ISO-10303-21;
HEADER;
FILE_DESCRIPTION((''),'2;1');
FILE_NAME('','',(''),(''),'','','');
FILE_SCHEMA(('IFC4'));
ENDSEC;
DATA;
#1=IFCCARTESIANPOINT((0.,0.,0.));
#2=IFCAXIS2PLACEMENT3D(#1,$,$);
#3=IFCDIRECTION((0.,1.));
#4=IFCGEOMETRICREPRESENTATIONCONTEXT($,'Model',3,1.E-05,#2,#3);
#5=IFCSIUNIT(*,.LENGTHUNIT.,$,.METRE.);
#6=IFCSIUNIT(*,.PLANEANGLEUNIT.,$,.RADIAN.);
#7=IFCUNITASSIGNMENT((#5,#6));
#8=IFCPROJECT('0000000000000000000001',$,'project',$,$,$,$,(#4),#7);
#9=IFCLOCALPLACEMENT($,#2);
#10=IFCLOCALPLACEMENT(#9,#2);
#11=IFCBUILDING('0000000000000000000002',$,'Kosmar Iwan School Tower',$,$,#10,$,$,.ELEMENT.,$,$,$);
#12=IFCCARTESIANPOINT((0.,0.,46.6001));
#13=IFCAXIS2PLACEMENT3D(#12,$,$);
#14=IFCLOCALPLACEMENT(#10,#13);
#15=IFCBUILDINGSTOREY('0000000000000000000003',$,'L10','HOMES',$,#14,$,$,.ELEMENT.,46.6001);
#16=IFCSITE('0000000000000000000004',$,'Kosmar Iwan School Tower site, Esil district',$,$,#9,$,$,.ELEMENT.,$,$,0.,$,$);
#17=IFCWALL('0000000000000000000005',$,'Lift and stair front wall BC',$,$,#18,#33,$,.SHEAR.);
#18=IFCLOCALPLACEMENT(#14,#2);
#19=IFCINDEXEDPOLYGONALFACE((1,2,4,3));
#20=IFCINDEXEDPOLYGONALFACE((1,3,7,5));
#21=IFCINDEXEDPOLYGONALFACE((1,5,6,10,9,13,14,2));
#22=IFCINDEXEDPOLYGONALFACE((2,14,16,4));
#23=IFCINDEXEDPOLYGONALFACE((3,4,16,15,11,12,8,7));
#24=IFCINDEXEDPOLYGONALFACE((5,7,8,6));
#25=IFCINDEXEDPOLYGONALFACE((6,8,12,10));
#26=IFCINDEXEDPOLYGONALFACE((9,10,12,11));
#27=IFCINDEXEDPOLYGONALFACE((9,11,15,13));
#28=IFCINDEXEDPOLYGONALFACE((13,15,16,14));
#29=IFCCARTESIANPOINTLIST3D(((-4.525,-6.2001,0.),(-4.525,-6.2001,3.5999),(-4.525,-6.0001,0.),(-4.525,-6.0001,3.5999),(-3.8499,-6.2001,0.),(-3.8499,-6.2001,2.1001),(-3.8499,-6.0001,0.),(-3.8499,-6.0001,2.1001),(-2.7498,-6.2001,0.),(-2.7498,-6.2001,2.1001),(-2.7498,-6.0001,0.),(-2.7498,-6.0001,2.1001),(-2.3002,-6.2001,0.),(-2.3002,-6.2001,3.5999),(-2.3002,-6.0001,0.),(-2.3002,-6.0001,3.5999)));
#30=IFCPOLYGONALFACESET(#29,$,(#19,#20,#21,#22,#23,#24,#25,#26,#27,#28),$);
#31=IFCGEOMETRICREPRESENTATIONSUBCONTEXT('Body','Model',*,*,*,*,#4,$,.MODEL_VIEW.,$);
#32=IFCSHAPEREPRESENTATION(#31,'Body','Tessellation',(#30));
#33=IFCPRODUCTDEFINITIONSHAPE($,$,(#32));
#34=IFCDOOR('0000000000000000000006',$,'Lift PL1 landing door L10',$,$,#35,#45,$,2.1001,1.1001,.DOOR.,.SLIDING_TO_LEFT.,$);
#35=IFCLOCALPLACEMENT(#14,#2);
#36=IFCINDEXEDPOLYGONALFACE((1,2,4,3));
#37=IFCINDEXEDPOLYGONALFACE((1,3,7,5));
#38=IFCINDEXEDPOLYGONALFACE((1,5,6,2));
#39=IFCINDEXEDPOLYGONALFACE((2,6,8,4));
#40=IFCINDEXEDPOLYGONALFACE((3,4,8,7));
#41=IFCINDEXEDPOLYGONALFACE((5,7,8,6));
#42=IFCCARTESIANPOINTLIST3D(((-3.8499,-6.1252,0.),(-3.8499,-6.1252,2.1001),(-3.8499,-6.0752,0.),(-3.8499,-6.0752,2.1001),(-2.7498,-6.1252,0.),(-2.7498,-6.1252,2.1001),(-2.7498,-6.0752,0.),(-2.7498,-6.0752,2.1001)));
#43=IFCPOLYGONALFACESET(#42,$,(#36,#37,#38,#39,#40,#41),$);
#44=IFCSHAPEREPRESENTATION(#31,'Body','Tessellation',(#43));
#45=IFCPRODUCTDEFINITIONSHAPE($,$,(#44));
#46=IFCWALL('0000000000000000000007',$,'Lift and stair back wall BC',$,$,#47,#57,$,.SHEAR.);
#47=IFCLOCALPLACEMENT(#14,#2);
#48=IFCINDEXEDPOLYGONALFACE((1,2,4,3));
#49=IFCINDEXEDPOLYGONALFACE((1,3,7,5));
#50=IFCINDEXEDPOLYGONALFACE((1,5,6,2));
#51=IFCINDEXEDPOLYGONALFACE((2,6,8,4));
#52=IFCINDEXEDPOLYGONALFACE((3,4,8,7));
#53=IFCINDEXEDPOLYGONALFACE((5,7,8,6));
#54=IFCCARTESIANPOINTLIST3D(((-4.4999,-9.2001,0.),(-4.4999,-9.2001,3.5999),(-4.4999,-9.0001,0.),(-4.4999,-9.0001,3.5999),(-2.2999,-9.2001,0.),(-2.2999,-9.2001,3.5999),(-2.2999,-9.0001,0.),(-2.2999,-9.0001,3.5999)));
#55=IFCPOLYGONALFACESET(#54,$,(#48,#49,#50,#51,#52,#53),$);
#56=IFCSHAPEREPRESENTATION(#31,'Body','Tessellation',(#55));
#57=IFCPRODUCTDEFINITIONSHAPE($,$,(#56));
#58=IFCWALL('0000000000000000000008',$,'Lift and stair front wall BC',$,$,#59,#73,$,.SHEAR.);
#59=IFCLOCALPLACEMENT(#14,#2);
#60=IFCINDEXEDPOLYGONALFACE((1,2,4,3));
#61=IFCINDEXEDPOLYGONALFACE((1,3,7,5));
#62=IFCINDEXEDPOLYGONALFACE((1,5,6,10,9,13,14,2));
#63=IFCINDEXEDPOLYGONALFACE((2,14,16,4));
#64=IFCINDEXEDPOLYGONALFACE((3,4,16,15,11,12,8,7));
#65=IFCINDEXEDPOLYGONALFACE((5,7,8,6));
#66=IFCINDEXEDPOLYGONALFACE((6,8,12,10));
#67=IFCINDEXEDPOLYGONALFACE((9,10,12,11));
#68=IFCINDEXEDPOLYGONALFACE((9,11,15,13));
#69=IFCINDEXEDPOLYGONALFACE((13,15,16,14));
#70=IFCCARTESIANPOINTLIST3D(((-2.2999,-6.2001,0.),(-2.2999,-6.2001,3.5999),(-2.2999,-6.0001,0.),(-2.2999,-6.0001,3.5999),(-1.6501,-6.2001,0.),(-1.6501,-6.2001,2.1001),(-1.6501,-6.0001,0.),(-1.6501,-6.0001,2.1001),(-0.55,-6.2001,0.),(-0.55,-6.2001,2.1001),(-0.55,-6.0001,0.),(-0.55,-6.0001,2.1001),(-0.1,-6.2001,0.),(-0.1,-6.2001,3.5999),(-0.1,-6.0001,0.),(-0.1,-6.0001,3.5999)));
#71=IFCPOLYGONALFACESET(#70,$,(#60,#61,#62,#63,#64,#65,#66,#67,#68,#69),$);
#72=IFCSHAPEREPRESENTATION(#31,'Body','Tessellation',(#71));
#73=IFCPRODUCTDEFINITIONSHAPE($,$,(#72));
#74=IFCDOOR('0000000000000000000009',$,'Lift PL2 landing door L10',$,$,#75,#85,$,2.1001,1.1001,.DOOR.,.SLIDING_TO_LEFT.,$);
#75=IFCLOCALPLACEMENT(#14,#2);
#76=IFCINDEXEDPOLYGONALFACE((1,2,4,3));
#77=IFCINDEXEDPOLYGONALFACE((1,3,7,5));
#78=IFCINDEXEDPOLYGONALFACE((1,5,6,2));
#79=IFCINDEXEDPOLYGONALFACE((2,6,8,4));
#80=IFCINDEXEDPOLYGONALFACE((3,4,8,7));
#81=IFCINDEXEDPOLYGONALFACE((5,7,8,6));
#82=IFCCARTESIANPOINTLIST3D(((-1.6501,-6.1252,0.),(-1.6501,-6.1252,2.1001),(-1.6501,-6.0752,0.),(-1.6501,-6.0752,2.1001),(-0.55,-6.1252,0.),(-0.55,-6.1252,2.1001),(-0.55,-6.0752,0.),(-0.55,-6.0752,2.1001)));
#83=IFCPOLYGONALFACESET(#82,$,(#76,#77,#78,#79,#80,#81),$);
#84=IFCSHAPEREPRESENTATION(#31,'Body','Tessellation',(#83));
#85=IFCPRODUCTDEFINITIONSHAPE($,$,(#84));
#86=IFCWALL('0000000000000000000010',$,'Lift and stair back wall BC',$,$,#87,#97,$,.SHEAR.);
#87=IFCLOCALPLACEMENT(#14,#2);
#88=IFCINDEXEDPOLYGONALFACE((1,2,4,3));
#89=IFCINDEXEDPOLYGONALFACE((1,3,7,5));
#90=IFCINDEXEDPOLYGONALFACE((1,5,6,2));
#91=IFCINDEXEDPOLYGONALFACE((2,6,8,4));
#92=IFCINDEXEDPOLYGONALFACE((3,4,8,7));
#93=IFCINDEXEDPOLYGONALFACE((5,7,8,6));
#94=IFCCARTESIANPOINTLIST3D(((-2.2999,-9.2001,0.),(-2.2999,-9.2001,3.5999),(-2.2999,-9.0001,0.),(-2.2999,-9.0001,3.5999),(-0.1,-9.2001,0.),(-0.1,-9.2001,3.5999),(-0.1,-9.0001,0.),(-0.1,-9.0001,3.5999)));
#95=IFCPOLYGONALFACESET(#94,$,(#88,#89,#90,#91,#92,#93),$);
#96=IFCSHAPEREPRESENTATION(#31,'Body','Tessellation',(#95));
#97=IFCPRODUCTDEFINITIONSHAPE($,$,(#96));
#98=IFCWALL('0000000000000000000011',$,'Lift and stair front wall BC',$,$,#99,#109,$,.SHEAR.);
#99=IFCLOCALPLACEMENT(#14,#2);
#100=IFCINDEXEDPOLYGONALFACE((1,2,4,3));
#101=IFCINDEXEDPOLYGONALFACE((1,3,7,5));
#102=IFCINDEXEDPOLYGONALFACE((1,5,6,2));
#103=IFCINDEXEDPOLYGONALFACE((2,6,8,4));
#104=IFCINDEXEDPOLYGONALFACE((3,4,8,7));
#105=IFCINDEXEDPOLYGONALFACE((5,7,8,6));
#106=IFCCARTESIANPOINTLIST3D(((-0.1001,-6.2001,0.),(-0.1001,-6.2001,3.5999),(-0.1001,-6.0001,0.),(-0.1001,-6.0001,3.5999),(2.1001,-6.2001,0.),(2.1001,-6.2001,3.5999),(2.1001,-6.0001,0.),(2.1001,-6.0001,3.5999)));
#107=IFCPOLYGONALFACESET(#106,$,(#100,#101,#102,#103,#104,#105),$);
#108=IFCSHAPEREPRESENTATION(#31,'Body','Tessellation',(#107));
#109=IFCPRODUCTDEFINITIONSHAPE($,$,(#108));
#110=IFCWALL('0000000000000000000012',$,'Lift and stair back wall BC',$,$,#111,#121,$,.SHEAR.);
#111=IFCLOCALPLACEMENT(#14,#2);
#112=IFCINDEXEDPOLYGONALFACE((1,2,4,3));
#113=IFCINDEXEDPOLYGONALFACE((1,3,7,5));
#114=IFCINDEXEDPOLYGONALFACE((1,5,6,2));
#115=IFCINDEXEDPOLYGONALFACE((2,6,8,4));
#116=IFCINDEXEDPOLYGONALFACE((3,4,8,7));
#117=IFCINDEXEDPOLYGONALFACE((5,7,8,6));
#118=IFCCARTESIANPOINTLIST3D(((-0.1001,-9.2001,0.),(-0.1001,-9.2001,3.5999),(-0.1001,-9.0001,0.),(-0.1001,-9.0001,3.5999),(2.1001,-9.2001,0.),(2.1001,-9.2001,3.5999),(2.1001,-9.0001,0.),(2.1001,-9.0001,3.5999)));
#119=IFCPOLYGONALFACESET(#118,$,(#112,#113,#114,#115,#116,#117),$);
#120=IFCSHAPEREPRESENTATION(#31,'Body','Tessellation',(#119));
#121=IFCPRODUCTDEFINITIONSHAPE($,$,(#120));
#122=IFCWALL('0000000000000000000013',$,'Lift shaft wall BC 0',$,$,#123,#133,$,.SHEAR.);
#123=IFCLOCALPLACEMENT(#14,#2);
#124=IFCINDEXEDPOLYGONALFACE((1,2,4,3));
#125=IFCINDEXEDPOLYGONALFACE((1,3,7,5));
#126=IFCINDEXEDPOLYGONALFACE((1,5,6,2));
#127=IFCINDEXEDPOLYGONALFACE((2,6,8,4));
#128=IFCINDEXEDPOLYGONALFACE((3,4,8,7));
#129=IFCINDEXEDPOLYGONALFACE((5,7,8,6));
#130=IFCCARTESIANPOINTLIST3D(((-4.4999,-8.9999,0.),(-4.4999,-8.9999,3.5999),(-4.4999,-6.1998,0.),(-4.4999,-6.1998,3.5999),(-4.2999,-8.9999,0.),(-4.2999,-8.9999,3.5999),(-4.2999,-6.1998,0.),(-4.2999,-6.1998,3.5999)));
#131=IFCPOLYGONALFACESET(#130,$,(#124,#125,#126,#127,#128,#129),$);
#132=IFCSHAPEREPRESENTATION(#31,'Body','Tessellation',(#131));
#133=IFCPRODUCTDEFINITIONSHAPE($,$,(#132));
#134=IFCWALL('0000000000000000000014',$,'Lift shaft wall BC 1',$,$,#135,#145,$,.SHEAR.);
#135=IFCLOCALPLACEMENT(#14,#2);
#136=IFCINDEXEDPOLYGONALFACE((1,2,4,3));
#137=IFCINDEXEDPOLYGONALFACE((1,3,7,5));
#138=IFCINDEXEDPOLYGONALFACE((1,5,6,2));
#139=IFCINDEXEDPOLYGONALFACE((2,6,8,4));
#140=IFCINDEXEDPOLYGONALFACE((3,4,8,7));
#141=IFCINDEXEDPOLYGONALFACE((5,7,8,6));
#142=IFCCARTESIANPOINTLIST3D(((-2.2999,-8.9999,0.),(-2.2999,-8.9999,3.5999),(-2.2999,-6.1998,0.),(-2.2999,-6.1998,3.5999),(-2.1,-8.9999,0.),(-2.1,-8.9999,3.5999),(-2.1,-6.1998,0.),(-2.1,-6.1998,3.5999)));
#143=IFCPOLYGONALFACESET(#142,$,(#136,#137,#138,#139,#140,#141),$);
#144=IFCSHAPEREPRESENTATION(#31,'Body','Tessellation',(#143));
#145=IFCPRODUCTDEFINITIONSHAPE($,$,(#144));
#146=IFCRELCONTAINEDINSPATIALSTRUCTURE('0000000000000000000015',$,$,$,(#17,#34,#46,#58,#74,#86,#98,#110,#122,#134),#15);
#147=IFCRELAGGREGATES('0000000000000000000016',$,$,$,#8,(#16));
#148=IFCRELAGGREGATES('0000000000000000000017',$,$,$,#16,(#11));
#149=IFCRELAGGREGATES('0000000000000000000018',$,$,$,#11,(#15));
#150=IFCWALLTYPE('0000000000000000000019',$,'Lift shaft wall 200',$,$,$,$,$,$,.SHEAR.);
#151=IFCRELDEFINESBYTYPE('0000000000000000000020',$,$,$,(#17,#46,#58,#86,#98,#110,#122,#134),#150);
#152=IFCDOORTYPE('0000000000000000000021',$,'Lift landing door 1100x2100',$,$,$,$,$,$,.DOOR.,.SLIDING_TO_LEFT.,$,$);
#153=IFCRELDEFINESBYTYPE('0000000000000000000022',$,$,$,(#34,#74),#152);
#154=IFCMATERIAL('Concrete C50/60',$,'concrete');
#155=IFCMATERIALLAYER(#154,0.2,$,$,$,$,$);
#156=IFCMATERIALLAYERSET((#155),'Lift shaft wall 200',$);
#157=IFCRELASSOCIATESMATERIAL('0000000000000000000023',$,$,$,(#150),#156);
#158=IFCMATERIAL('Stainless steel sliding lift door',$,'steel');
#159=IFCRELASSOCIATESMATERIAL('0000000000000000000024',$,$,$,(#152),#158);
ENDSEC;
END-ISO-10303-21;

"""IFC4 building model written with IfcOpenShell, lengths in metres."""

from ifc_helpers import new_model, si_unit, direction, frame, frame_2d, origin, place, context, subcontext, project, spatial, rectangle, extrude, material, layer, layer_set, type_object, element, fill, save


model = new_model("IFC4")

# Units and contexts
model_context = context("Model", 3, precision=1e-05, world=origin(), true_north=direction((0.0, 1.0)))
body_context = subcontext(model_context, "Body", "Model", "MODEL_VIEW")
ifc_project = project(units=[si_unit("LENGTHUNIT", "METRE"), si_unit("PLANEANGLEUNIT", "RADIAN")], contexts=[model_context])

# Site, building, storey
site_placement = place(None, origin())
site = spatial("IfcSite", under=ifc_project, at=site_placement, Name="Kosmar Iwan School Tower site, Esil district", CompositionType="ELEMENT", RefElevation=0.0)
building_placement = place(site_placement, origin())
building = spatial("IfcBuilding", under=site, at=building_placement, Name="Kosmar Iwan School Tower", CompositionType="ELEMENT")
storey_placement = place(building_placement, frame((0.0, 0.0, 46.6001)))
storey = spatial("IfcBuildingStorey", under=building, at=storey_placement, Name="L10", Description="HOMES", CompositionType="ELEMENT", Elevation=46.6001)

# Wall, opening, door
ifc_material_1 = material(Name="Concrete C50/60", Category="concrete")
ifc_layer_1 = layer(ifc_material_1, 0.2)
ifc_layer_set_1 = layer_set([ifc_layer_1], Name="Lift shaft wall 200")
wall_type_1 = type_object("IfcWallType", Name="Lift shaft wall 200", PredefinedType="SHEAR", material=ifc_layer_set_1)
wall_1_placement = place(storey_placement, frame((-4.5249, -6.1001, 0.0), z_axis=(0.0, 0.0, 1.0), x_axis=(1.0, 0.0, 0.0)))
wall_1 = element("IfcWall", 1, at=wall_1_placement, inside=storey, type_object=wall_type_1, Name="Lift and stair front wall BC", PredefinedType="SHEAR", context=body_context, shape_type="SweptSolid", body=[
    extrude(rectangle(XDim=2.2249, YDim=0.2, at=frame_2d((1.1123, 0.0))), origin(), (0.0, 0.0, 1.0), 3.5999),
])
opening_1_placement = place(wall_1_placement, frame((0.675, 0.0, 0.0)))
opening_1 = element("IfcOpeningElement", 2, at=opening_1_placement, cuts=wall_1, PredefinedType="OPENING", context=body_context, shape_type="SweptSolid", body=[
    extrude(rectangle(XDim=1.1001, YDim=2.1001, at=frame_2d((0.55, 1.05))), frame((0.0, 0.1121, 0.0), z_axis=(0.0, -1.0, 0.0), x_axis=(1.0, 0.0, 0.0)), (0.0, 0.0, 1.0), 0.2239),
])
ifc_material_2 = material(Name="Stainless steel sliding lift door", Category="steel")
door_type_1 = type_object("IfcDoorType", Name="Lift landing door 1100x2100", OperationType="SLIDING_TO_LEFT", PredefinedType="DOOR", material=ifc_material_2)
door_1_placement = place(opening_1_placement, origin())
door_1 = element("IfcDoor", 3, at=door_1_placement, inside=storey, type_object=door_type_1, Name="Lift PL1 landing door L10", OperationType="SLIDING_TO_LEFT", OverallHeight=2.1001, OverallWidth=1.1001, PredefinedType="DOOR", context=body_context, shape_type="SweptSolid", body=[
    extrude(rectangle(XDim=1.1001, YDim=2.1001, at=frame_2d((0.55, 1.05))), frame((0.0, 0.0249, 0.0), z_axis=(0.0, -1.0, 0.0), x_axis=(1.0, 0.0, 0.0)), (0.0, 0.0, 1.0), 0.05),
])
fill(opening_1, door_1)

# Wall
wall_2_placement = place(storey_placement, frame((-4.5, -9.1001, 0.0), z_axis=(0.0, 0.0, 1.0), x_axis=(1.0, 0.0, 0.0)))
element("IfcWall", 4, at=wall_2_placement, inside=storey, type_object=wall_type_1, Name="Lift and stair back wall BC", PredefinedType="SHEAR", context=body_context, shape_type="SweptSolid", body=[
    extrude(rectangle(XDim=2.2, YDim=0.2, at=frame_2d((1.1001, 0.0))), origin(), (0.0, 0.0, 1.0), 3.5999),
])

# Wall, opening, door
wall_3_placement = place(storey_placement, frame((-2.3, -6.1001, 0.0), z_axis=(0.0, 0.0, 1.0), x_axis=(1.0, 0.0, 0.0)))
wall_3 = element("IfcWall", 5, at=wall_3_placement, inside=storey, type_object=wall_type_1, Name="Lift and stair front wall BC", PredefinedType="SHEAR", context=body_context, shape_type="SweptSolid", body=[
    extrude(rectangle(XDim=2.2, YDim=0.2, at=frame_2d((1.1001, 0.0))), origin(), (0.0, 0.0, 1.0), 3.5999),
])
opening_2_placement = place(wall_3_placement, frame((0.6499, 0.0, 0.0)))
opening_2 = element("IfcOpeningElement", 6, at=opening_2_placement, cuts=wall_3, PredefinedType="OPENING", context=body_context, shape_type="SweptSolid", body=[
    extrude(rectangle(XDim=1.1001, YDim=2.1001, at=frame_2d((0.55, 1.05))), frame((0.0, 0.1121, 0.0), z_axis=(0.0, -1.0, 0.0), x_axis=(1.0, 0.0, 0.0)), (0.0, 0.0, 1.0), 0.2239),
])
door_2_placement = place(opening_2_placement, origin())
door_2 = element("IfcDoor", 7, at=door_2_placement, inside=storey, type_object=door_type_1, Name="Lift PL2 landing door L10", OperationType="SLIDING_TO_LEFT", OverallHeight=2.1001, OverallWidth=1.1001, PredefinedType="DOOR", context=body_context, shape_type="SweptSolid", body=[
    extrude(rectangle(XDim=1.1001, YDim=2.1001, at=frame_2d((0.55, 1.05))), frame((0.0, 0.0249, 0.0), z_axis=(0.0, -1.0, 0.0), x_axis=(1.0, 0.0, 0.0)), (0.0, 0.0, 1.0), 0.05),
])
fill(opening_2, door_2)

# Walls
wall_4_placement = place(storey_placement, frame((-2.3, -9.1001, 0.0), z_axis=(0.0, 0.0, 1.0), x_axis=(1.0, 0.0, 0.0)))
element("IfcWall", 8, at=wall_4_placement, inside=storey, type_object=wall_type_1, Name="Lift and stair back wall BC", PredefinedType="SHEAR", context=body_context, shape_type="SweptSolid", body=[
    extrude(rectangle(XDim=2.2, YDim=0.2, at=frame_2d((1.1001, 0.0))), origin(), (0.0, 0.0, 1.0), 3.5999),
])
for number, where, z_axis, x_axis, name in (
    (9, (-0.1001, -6.1001, 0.0), (0.0, 0.0, 1.0), (1.0, 0.0, 0.0), "Lift and stair front wall BC"),
    (10, (-0.1001, -9.1001, 0.0), (0.0, 0.0, 1.0), (1.0, 0.0, 0.0), "Lift and stair back wall BC"),
):
    element("IfcWall", number, at=place(storey_placement, frame(where, z_axis=z_axis, x_axis=x_axis)), inside=storey, type_object=wall_type_1, Name=name, PredefinedType="SHEAR", context=body_context, shape_type="SweptSolid", body=[
        extrude(rectangle(XDim=2.2002, YDim=0.2, at=frame_2d((1.1001, 0.0))), origin(), (0.0, 0.0, 1.0), 3.5999),
    ])
for number, where, z_axis, x_axis, name in (
    (11, (-4.3999, -6.2, 0.0), (0.0, 0.0, 1.0), (0.0, -1.0, 0.0), "Lift shaft wall BC 0"),
    (12, (-2.2, -6.2, 0.0), (0.0, 0.0, 1.0), (0.0, -1.0, 0.0), "Lift shaft wall BC 1"),
):
    element("IfcWall", number, at=place(storey_placement, frame(where, z_axis=z_axis, x_axis=x_axis)), inside=storey, type_object=wall_type_1, Name=name, PredefinedType="SHEAR", context=body_context, shape_type="SweptSolid", body=[
        extrude(rectangle(XDim=2.8, YDim=0.2, at=frame_2d((1.3999, 0.0))), origin(), (0.0, 0.0, 1.0), 3.5999),
    ])

save(model, "model.ifc")
